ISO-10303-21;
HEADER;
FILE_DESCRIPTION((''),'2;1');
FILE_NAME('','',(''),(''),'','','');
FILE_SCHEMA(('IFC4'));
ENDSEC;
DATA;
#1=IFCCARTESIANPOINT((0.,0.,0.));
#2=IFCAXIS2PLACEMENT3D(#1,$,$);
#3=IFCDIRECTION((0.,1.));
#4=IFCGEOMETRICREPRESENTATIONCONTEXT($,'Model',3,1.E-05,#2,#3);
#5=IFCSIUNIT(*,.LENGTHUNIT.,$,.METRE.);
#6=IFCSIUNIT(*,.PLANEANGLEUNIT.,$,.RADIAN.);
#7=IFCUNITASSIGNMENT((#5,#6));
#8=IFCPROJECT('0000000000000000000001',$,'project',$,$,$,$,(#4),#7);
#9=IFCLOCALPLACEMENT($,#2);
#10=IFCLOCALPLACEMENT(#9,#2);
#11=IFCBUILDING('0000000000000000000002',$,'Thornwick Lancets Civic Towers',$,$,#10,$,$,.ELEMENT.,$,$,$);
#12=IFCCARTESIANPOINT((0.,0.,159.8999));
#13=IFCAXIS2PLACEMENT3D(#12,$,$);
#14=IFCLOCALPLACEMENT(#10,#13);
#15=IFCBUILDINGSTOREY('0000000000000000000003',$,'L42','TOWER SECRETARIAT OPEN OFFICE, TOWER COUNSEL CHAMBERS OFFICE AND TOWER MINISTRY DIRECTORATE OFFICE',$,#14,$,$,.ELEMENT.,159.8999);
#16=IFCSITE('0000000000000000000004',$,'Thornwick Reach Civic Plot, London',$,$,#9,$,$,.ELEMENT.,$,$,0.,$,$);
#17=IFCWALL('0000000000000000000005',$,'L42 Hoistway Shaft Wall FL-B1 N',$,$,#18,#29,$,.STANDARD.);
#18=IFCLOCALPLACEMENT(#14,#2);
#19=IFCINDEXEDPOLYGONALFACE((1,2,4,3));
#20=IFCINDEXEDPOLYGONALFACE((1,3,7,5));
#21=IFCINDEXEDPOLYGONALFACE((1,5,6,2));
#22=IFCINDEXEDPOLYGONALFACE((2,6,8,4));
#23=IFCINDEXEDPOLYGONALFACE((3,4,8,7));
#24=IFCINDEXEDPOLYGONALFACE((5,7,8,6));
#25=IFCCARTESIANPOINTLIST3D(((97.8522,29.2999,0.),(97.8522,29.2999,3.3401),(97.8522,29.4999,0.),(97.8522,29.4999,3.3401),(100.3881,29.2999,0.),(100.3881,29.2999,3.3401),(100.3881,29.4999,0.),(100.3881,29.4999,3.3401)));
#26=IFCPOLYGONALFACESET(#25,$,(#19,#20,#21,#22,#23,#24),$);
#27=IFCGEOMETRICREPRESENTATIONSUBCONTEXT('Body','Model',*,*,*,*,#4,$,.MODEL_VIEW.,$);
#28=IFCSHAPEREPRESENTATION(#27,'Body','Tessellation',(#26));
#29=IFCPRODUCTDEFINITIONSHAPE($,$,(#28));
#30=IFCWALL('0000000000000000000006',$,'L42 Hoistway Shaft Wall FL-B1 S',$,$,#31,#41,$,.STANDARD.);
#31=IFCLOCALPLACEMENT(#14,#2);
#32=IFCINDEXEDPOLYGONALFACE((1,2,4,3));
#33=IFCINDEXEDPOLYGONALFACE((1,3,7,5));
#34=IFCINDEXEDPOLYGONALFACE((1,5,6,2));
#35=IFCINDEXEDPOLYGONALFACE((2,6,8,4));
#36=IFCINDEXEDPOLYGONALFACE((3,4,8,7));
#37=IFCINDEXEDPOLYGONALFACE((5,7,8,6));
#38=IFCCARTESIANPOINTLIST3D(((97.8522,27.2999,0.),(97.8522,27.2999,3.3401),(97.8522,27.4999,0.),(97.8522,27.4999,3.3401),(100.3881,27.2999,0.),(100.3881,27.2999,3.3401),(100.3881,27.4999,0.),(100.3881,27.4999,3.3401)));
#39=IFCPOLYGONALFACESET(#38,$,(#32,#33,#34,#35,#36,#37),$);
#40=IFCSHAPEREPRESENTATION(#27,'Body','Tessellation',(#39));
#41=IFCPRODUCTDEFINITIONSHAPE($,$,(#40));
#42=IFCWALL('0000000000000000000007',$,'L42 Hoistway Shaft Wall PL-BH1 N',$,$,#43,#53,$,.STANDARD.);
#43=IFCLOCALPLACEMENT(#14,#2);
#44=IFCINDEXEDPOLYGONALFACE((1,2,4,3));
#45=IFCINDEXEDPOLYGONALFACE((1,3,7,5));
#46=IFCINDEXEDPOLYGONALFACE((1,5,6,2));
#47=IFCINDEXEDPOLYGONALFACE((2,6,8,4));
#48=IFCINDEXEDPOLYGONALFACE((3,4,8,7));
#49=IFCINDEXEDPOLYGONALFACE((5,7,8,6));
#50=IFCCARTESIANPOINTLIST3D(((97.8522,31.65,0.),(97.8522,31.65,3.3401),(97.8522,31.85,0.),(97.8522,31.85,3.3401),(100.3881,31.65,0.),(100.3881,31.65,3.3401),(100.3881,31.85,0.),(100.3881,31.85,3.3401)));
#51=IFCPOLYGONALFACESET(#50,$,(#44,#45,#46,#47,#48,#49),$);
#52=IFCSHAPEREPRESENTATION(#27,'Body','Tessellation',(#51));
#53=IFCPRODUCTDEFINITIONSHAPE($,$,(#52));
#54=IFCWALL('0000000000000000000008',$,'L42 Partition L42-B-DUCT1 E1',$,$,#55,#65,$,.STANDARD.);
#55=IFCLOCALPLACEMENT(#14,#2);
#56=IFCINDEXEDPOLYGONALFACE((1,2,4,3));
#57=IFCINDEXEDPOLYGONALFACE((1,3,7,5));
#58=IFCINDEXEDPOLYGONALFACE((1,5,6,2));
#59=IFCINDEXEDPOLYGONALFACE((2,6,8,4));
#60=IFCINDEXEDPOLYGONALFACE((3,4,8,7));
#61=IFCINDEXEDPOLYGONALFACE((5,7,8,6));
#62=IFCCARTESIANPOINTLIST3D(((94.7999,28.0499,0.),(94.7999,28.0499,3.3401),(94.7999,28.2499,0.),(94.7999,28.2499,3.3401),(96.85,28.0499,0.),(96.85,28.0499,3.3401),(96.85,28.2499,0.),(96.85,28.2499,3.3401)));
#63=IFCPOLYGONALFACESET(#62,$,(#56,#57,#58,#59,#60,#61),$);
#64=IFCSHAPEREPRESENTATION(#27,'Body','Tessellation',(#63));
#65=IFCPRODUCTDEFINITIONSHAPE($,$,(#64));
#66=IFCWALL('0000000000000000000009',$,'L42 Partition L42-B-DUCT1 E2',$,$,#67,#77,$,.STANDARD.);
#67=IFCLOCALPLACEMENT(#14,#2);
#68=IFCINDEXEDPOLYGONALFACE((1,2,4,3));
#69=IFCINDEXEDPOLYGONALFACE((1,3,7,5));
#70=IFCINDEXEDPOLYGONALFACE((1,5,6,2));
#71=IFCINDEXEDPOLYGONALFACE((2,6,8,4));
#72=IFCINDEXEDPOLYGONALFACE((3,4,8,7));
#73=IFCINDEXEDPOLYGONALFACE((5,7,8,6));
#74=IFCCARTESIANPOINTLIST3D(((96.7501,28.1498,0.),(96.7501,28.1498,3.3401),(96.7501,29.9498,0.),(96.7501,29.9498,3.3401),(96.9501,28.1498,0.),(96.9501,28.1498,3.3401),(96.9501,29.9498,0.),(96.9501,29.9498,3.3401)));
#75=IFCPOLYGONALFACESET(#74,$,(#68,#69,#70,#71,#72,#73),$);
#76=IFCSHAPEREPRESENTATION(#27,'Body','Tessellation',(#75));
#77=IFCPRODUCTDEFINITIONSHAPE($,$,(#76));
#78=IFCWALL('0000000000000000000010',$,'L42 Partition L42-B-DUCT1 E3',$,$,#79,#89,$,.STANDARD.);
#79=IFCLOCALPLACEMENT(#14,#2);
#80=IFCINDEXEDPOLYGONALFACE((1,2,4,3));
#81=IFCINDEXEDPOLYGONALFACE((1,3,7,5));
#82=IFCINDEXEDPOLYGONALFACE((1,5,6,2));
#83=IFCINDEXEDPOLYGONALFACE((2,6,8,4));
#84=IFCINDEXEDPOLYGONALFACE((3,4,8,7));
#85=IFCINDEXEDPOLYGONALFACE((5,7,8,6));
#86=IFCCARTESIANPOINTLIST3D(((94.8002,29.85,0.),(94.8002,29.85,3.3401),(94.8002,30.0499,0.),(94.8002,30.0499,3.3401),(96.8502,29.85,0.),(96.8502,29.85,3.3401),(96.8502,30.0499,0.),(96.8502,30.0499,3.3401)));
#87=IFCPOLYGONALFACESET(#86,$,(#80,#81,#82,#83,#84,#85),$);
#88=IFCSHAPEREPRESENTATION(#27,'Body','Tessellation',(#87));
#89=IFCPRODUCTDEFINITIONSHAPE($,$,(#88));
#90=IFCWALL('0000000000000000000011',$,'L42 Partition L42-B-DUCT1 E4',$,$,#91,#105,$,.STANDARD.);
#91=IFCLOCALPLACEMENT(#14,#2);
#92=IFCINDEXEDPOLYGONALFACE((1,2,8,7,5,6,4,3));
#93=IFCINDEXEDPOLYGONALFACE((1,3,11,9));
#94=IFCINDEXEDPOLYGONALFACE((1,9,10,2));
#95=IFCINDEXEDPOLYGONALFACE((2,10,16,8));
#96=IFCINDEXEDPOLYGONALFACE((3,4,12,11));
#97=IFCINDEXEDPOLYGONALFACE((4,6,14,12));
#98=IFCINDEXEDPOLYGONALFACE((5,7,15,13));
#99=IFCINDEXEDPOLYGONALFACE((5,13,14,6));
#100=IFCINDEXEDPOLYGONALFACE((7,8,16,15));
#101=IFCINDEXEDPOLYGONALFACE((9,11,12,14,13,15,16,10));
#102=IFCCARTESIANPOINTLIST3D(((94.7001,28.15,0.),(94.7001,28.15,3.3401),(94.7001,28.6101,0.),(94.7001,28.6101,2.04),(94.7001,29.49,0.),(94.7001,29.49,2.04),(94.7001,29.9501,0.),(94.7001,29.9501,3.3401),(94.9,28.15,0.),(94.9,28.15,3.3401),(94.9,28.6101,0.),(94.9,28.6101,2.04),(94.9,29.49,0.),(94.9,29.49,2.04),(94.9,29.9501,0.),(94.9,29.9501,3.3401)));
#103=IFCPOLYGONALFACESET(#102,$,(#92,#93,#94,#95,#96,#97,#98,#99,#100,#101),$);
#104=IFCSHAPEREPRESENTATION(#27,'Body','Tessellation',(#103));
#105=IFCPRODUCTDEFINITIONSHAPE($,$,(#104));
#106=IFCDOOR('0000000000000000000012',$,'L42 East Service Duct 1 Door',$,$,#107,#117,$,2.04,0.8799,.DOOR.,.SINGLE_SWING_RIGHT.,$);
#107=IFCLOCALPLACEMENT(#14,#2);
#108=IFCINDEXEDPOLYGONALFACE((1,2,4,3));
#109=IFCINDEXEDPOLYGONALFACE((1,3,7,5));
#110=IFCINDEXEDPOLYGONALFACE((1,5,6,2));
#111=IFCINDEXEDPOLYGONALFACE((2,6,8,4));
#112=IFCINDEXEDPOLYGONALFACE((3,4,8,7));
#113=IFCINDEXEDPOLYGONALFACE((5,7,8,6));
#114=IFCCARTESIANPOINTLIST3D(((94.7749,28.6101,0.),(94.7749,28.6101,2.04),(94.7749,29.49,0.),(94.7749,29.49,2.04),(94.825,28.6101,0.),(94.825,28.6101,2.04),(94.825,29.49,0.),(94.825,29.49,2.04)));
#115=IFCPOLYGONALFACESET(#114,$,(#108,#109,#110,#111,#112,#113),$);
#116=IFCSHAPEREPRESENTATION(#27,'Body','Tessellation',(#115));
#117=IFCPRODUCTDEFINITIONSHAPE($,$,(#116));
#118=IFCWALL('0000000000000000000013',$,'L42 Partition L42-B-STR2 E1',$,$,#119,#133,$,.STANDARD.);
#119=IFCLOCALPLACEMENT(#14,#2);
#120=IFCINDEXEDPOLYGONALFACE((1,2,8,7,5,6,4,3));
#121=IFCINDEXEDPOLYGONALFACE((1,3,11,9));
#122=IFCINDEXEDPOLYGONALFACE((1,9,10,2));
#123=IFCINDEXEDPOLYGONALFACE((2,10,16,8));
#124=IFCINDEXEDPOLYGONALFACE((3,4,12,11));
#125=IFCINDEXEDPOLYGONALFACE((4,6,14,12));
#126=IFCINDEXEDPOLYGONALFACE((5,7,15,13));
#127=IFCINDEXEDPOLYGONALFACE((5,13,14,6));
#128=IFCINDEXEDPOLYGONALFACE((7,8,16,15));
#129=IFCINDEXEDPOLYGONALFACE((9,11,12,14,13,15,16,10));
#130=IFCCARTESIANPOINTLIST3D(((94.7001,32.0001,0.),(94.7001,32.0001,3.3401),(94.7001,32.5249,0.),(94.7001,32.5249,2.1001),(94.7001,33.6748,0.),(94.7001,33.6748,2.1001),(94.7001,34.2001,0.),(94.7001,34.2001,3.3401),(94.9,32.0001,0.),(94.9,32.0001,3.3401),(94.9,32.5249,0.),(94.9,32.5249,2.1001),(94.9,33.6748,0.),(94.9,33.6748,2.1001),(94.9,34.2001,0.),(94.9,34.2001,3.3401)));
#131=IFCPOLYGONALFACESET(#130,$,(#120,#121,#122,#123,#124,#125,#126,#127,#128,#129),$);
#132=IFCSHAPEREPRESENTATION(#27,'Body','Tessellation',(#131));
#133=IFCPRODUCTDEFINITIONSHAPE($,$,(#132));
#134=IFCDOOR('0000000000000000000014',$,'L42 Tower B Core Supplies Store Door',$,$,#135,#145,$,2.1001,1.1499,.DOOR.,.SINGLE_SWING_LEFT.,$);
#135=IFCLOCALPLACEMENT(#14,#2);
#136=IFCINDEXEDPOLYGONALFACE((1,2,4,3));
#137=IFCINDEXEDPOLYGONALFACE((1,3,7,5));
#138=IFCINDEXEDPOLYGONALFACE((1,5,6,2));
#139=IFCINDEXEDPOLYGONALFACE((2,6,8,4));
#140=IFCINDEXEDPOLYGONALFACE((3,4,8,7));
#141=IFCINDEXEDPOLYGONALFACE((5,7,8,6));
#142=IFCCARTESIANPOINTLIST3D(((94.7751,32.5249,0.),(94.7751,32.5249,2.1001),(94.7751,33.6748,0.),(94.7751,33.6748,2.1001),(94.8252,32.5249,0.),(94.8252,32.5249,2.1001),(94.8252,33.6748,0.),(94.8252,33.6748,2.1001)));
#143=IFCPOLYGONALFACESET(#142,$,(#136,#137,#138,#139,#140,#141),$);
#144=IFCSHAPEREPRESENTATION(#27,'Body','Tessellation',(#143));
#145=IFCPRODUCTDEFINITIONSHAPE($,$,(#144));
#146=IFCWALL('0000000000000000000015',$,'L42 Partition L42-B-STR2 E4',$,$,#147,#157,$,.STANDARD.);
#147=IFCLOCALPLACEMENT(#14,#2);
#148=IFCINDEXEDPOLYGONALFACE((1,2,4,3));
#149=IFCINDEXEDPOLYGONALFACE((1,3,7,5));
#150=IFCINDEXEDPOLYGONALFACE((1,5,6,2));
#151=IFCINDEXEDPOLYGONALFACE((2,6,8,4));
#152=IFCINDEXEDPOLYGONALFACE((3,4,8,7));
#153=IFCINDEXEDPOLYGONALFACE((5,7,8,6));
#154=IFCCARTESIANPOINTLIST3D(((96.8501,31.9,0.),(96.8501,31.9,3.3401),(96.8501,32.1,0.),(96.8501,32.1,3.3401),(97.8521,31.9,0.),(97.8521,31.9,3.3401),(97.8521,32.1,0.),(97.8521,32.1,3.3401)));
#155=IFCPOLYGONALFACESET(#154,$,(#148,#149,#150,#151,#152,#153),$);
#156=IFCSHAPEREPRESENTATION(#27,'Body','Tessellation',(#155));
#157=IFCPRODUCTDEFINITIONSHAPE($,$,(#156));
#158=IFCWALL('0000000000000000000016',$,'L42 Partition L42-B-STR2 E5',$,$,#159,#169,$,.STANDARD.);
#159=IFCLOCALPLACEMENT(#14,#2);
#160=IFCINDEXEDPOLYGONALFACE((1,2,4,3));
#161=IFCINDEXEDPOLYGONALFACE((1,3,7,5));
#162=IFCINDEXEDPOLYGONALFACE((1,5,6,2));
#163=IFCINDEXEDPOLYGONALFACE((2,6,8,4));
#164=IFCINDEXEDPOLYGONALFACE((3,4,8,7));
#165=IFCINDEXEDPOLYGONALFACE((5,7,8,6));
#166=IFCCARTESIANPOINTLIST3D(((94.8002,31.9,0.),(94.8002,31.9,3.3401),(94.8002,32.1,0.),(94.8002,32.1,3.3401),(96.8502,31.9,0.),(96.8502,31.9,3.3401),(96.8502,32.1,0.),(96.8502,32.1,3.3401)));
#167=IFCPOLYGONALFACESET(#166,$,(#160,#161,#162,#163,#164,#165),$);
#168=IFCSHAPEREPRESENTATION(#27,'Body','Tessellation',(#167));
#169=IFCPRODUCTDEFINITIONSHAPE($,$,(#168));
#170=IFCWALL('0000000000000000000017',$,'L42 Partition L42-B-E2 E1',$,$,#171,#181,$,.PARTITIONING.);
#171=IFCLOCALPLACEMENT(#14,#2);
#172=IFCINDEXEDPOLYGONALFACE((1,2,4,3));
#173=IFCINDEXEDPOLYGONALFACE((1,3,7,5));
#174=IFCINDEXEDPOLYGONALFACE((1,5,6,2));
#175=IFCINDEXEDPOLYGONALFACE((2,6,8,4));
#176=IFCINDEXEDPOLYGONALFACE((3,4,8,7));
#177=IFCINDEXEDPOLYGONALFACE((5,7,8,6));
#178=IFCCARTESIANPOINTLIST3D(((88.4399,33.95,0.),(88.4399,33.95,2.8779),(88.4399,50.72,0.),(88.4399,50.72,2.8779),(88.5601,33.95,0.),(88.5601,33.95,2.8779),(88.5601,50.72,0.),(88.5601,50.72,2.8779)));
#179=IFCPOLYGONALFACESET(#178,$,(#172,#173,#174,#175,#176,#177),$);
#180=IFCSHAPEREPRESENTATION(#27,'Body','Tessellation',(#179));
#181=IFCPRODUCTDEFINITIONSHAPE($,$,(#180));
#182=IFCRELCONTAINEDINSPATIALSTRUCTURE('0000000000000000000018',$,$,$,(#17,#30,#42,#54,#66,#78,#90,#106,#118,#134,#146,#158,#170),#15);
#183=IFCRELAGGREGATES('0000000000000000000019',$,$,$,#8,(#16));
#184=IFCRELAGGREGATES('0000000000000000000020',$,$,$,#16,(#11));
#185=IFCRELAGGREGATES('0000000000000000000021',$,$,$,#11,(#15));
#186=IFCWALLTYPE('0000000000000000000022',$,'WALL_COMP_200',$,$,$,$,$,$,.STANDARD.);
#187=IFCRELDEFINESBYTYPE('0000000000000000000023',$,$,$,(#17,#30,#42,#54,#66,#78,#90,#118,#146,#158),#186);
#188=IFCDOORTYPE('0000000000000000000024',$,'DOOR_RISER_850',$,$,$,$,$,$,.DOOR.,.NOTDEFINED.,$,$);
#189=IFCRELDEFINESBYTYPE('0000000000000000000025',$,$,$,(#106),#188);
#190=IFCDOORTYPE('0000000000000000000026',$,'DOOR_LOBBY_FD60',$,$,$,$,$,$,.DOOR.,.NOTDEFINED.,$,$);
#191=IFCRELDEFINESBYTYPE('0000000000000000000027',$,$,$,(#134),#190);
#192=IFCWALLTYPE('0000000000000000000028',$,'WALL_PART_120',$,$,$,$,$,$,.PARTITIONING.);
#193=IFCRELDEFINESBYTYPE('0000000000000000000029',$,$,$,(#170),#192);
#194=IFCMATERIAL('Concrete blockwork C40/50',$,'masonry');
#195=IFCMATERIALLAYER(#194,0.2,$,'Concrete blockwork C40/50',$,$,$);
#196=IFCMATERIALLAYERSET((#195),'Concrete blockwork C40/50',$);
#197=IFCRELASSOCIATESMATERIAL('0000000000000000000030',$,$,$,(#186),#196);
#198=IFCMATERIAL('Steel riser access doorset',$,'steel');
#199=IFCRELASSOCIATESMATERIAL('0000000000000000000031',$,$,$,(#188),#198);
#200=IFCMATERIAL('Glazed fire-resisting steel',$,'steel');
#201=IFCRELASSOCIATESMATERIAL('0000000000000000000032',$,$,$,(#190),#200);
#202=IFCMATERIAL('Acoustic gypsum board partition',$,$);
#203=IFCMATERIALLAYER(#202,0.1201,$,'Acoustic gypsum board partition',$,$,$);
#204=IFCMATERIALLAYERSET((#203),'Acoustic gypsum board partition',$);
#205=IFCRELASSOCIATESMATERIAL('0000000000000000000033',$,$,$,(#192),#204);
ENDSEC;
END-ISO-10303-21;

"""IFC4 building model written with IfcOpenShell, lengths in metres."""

from ifc_helpers import new_model, si_unit, direction, frame, frame_2d, origin, place, context, subcontext, project, spatial, rectangle, extrude, material, layer, layer_set, type_object, element, fill, save


model = new_model("IFC4")

# Units and contexts
model_context = context("Model", 3, precision=1e-05, world=origin(), true_north=direction((0.0, 1.0)))
body_context = subcontext(model_context, "Body", "Model", "MODEL_VIEW")
ifc_project = project(units=[si_unit("LENGTHUNIT", "METRE"), si_unit("PLANEANGLEUNIT", "RADIAN")], contexts=[model_context])

# Site, building, storey
site_placement = place(None, origin())
site = spatial("IfcSite", under=ifc_project, at=site_placement, Name="Thornwick Reach Civic Plot, London", CompositionType="ELEMENT", RefElevation=0.0)
building_placement = place(site_placement, origin())
building = spatial("IfcBuilding", under=site, at=building_placement, Name="Thornwick Lancets Civic Towers", CompositionType="ELEMENT")
storey_placement = place(building_placement, frame((0.0, 0.0, 159.8999)))
storey = spatial("IfcBuildingStorey", under=building, at=storey_placement, Name="L42", Description="TOWER SECRETARIAT OPEN OFFICE, TOWER COUNSEL CHAMBERS OFFICE AND TOWER MINISTRY DIRECTORATE OFFICE", CompositionType="ELEMENT", Elevation=159.8999)

# Walls
ifc_material_1 = material(Name="Concrete blockwork C40/50", Category="masonry")
ifc_layer_1 = layer(ifc_material_1, 0.2, Name="Concrete blockwork C40/50")
ifc_layer_set_1 = layer_set([ifc_layer_1], Name="Concrete blockwork C40/50")
wall_type_1 = type_object("IfcWallType", Name="WALL_COMP_200", PredefinedType="STANDARD", material=ifc_layer_set_1)
for number, where, z_axis, x_axis, name in (
    (1, (97.8521, 29.3999, 0.0), (0.0, 0.0, 1.0), (1.0, 0.0, 0.0), "L42 Hoistway Shaft Wall FL-B1 N"),
    (2, (97.8521, 27.3999, 0.0), (0.0, 0.0, 1.0), (1.0, 0.0, 0.0), "L42 Hoistway Shaft Wall FL-B1 S"),
    (3, (97.8521, 31.75, 0.0), (0.0, 0.0, 1.0), (1.0, 0.0, 0.0), "L42 Hoistway Shaft Wall PL-BH1 N"),
):
    element("IfcWall", number, at=place(storey_placement, frame(where, z_axis=z_axis, x_axis=x_axis)), inside=storey, type_object=wall_type_1, Name=name, PredefinedType="STANDARD", context=body_context, shape_type="SweptSolid", body=[
        extrude(rectangle(XDim=2.5359, YDim=0.2, at=frame_2d((1.2681, 0.0))), origin(), (0.0, 0.0, 1.0), 3.3401),
    ])
wall_1_placement = place(storey_placement, frame((94.8, 28.1499, 0.0), z_axis=(0.0, 0.0, 1.0), x_axis=(1.0, 0.0, 0.0)))
element("IfcWall", 4, at=wall_1_placement, inside=storey, type_object=wall_type_1, Name="L42 Partition L42-B-DUCT1 E1", PredefinedType="STANDARD", context=body_context, shape_type="SweptSolid", body=[
    extrude(rectangle(XDim=2.05, YDim=0.2, at=frame_2d((1.0249, 0.0))), origin(), (0.0, 0.0, 1.0), 3.3401),
])
wall_2_placement = place(storey_placement, frame((96.8501, 28.1499, 0.0), z_axis=(0.0, 0.0, 1.0), x_axis=(0.0, 1.0, 0.0)))
element("IfcWall", 5, at=wall_2_placement, inside=storey, type_object=wall_type_1, Name="L42 Partition L42-B-DUCT1 E2", PredefinedType="STANDARD", context=body_context, shape_type="SweptSolid", body=[
    extrude(rectangle(XDim=1.8, YDim=0.2, at=frame_2d((0.8999, 0.0))), origin(), (0.0, 0.0, 1.0), 3.3401),
])
wall_3_placement = place(storey_placement, frame((96.8501, 29.95, 0.0), z_axis=(0.0, 0.0, 1.0), x_axis=(-1.0, 0.0, 0.0)))
element("IfcWall", 6, at=wall_3_placement, inside=storey, type_object=wall_type_1, Name="L42 Partition L42-B-DUCT1 E3", PredefinedType="STANDARD", context=body_context, shape_type="SweptSolid", body=[
    extrude(rectangle(XDim=2.05, YDim=0.2, at=frame_2d((1.0249, 0.0))), origin(), (0.0, 0.0, 1.0), 3.3401),
])

# Walls, openings, doors
wall_4_placement = place(storey_placement, frame((94.8, 29.95, 0.0), z_axis=(0.0, 0.0, 1.0), x_axis=(0.0, -1.0, 0.0)))
wall_4 = element("IfcWall", 7, at=wall_4_placement, inside=storey, type_object=wall_type_1, Name="L42 Partition L42-B-DUCT1 E4", PredefinedType="STANDARD", context=body_context, shape_type="SweptSolid", body=[
    extrude(rectangle(XDim=1.8, YDim=0.2, at=frame_2d((0.8999, 0.0))), origin(), (0.0, 0.0, 1.0), 3.3401),
])
opening_1_placement = place(wall_4_placement, frame((0.46, 0.0, 0.0)))
opening_1 = element("IfcOpeningElement", 8, at=opening_1_placement, cuts=wall_4, PredefinedType="OPENING", context=body_context, shape_type="SweptSolid", body=[
    extrude(rectangle(XDim=0.8799, YDim=2.04, at=frame_2d((0.4399, 1.02))), frame((0.0, 0.1099, 0.0), z_axis=(0.0, -1.0, 0.0), x_axis=(1.0, 0.0, 0.0)), (0.0, 0.0, 1.0), 0.22),
])
ifc_material_2 = material(Name="Steel riser access doorset", Category="steel")
door_type_1 = type_object("IfcDoorType", Name="DOOR_RISER_850", OperationType="NOTDEFINED", PredefinedType="DOOR", material=ifc_material_2)
door_1_placement = place(opening_1_placement, origin())
door_1 = element("IfcDoor", 9, at=door_1_placement, inside=storey, type_object=door_type_1, Name="L42 East Service Duct 1 Door", OperationType="SINGLE_SWING_RIGHT", OverallHeight=2.04, OverallWidth=0.8799, PredefinedType="DOOR", context=body_context, shape_type="SweptSolid", body=[
    extrude(rectangle(XDim=0.8799, YDim=2.04, at=frame_2d((0.4399, 1.02))), frame((0.0, 0.0249, 0.0), z_axis=(0.0, -1.0, 0.0), x_axis=(1.0, 0.0, 0.0)), (0.0, 0.0, 1.0), 0.05),
])
fill(opening_1, door_1)
wall_5_placement = place(storey_placement, frame((94.8, 32.0, 0.0), z_axis=(0.0, 0.0, 1.0), x_axis=(0.0, 1.0, 0.0)))
wall_5 = element("IfcWall", 10, at=wall_5_placement, inside=storey, type_object=wall_type_1, Name="L42 Partition L42-B-STR2 E1", PredefinedType="STANDARD", context=body_context, shape_type="SweptSolid", body=[
    extrude(rectangle(XDim=2.2, YDim=0.2, at=frame_2d((1.1001, 0.0))), origin(), (0.0, 0.0, 1.0), 3.3401),
])
opening_2_placement = place(wall_5_placement, frame((0.5249, 0.0, 0.0)))
opening_2 = element("IfcOpeningElement", 11, at=opening_2_placement, cuts=wall_5, PredefinedType="OPENING", context=body_context, shape_type="SweptSolid", body=[
    extrude(rectangle(XDim=1.1499, YDim=2.1001, at=frame_2d((0.575, 1.05))), frame((0.0, 0.1099, 0.0), z_axis=(0.0, -1.0, 0.0), x_axis=(1.0, 0.0, 0.0)), (0.0, 0.0, 1.0), 0.22),
])
ifc_material_3 = material(Name="Glazed fire-resisting steel", Category="steel")
door_type_2 = type_object("IfcDoorType", Name="DOOR_LOBBY_FD60", OperationType="NOTDEFINED", PredefinedType="DOOR", material=ifc_material_3)
door_2_placement = place(opening_2_placement, origin())
door_2 = element("IfcDoor", 12, at=door_2_placement, inside=storey, type_object=door_type_2, Name="L42 Tower B Core Supplies Store Door", OperationType="SINGLE_SWING_LEFT", OverallHeight=2.1001, OverallWidth=1.1499, PredefinedType="DOOR", context=body_context, shape_type="SweptSolid", body=[
    extrude(rectangle(XDim=1.1499, YDim=2.1001, at=frame_2d((0.575, 1.05))), frame((0.0, 0.0249, 0.0), z_axis=(0.0, -1.0, 0.0), x_axis=(1.0, 0.0, 0.0)), (0.0, 0.0, 1.0), 0.05),
])
fill(opening_2, door_2)

# Walls
wall_6_placement = place(storey_placement, frame((97.8521, 32.0, 0.0), z_axis=(0.0, 0.0, 1.0), x_axis=(-1.0, 0.0, 0.0)))
element("IfcWall", 13, at=wall_6_placement, inside=storey, type_object=wall_type_1, Name="L42 Partition L42-B-STR2 E4", PredefinedType="STANDARD", context=body_context, shape_type="SweptSolid", body=[
    extrude(rectangle(XDim=1.002, YDim=0.2, at=frame_2d((0.501, 0.0))), origin(), (0.0, 0.0, 1.0), 3.3401),
])
wall_7_placement = place(storey_placement, frame((96.8501, 32.0, 0.0), z_axis=(0.0, 0.0, 1.0), x_axis=(-1.0, 0.0, 0.0)))
element("IfcWall", 14, at=wall_7_placement, inside=storey, type_object=wall_type_1, Name="L42 Partition L42-B-STR2 E5", PredefinedType="STANDARD", context=body_context, shape_type="SweptSolid", body=[
    extrude(rectangle(XDim=2.05, YDim=0.2, at=frame_2d((1.0249, 0.0))), origin(), (0.0, 0.0, 1.0), 3.3401),
])
ifc_material_4 = material(Name="Acoustic gypsum board partition")
ifc_layer_2 = layer(ifc_material_4, 0.1201, Name="Acoustic gypsum board partition")
ifc_layer_set_2 = layer_set([ifc_layer_2], Name="Acoustic gypsum board partition")
wall_type_2 = type_object("IfcWallType", Name="WALL_PART_120", PredefinedType="PARTITIONING", material=ifc_layer_set_2)
wall_8_placement = place(storey_placement, frame((88.5, 33.95, 0.0), z_axis=(0.0, 0.0, 1.0), x_axis=(0.0, 1.0, 0.0)))
element("IfcWall", 15, at=wall_8_placement, inside=storey, type_object=wall_type_2, Name="L42 Partition L42-B-E2 E1", PredefinedType="PARTITIONING", context=body_context, shape_type="SweptSolid", body=[
    extrude(rectangle(XDim=16.77, YDim=0.1201, at=frame_2d((8.385, 0.0))), origin(), (0.0, 0.0, 1.0), 2.8779),
])

save(model, "model.ifc")
